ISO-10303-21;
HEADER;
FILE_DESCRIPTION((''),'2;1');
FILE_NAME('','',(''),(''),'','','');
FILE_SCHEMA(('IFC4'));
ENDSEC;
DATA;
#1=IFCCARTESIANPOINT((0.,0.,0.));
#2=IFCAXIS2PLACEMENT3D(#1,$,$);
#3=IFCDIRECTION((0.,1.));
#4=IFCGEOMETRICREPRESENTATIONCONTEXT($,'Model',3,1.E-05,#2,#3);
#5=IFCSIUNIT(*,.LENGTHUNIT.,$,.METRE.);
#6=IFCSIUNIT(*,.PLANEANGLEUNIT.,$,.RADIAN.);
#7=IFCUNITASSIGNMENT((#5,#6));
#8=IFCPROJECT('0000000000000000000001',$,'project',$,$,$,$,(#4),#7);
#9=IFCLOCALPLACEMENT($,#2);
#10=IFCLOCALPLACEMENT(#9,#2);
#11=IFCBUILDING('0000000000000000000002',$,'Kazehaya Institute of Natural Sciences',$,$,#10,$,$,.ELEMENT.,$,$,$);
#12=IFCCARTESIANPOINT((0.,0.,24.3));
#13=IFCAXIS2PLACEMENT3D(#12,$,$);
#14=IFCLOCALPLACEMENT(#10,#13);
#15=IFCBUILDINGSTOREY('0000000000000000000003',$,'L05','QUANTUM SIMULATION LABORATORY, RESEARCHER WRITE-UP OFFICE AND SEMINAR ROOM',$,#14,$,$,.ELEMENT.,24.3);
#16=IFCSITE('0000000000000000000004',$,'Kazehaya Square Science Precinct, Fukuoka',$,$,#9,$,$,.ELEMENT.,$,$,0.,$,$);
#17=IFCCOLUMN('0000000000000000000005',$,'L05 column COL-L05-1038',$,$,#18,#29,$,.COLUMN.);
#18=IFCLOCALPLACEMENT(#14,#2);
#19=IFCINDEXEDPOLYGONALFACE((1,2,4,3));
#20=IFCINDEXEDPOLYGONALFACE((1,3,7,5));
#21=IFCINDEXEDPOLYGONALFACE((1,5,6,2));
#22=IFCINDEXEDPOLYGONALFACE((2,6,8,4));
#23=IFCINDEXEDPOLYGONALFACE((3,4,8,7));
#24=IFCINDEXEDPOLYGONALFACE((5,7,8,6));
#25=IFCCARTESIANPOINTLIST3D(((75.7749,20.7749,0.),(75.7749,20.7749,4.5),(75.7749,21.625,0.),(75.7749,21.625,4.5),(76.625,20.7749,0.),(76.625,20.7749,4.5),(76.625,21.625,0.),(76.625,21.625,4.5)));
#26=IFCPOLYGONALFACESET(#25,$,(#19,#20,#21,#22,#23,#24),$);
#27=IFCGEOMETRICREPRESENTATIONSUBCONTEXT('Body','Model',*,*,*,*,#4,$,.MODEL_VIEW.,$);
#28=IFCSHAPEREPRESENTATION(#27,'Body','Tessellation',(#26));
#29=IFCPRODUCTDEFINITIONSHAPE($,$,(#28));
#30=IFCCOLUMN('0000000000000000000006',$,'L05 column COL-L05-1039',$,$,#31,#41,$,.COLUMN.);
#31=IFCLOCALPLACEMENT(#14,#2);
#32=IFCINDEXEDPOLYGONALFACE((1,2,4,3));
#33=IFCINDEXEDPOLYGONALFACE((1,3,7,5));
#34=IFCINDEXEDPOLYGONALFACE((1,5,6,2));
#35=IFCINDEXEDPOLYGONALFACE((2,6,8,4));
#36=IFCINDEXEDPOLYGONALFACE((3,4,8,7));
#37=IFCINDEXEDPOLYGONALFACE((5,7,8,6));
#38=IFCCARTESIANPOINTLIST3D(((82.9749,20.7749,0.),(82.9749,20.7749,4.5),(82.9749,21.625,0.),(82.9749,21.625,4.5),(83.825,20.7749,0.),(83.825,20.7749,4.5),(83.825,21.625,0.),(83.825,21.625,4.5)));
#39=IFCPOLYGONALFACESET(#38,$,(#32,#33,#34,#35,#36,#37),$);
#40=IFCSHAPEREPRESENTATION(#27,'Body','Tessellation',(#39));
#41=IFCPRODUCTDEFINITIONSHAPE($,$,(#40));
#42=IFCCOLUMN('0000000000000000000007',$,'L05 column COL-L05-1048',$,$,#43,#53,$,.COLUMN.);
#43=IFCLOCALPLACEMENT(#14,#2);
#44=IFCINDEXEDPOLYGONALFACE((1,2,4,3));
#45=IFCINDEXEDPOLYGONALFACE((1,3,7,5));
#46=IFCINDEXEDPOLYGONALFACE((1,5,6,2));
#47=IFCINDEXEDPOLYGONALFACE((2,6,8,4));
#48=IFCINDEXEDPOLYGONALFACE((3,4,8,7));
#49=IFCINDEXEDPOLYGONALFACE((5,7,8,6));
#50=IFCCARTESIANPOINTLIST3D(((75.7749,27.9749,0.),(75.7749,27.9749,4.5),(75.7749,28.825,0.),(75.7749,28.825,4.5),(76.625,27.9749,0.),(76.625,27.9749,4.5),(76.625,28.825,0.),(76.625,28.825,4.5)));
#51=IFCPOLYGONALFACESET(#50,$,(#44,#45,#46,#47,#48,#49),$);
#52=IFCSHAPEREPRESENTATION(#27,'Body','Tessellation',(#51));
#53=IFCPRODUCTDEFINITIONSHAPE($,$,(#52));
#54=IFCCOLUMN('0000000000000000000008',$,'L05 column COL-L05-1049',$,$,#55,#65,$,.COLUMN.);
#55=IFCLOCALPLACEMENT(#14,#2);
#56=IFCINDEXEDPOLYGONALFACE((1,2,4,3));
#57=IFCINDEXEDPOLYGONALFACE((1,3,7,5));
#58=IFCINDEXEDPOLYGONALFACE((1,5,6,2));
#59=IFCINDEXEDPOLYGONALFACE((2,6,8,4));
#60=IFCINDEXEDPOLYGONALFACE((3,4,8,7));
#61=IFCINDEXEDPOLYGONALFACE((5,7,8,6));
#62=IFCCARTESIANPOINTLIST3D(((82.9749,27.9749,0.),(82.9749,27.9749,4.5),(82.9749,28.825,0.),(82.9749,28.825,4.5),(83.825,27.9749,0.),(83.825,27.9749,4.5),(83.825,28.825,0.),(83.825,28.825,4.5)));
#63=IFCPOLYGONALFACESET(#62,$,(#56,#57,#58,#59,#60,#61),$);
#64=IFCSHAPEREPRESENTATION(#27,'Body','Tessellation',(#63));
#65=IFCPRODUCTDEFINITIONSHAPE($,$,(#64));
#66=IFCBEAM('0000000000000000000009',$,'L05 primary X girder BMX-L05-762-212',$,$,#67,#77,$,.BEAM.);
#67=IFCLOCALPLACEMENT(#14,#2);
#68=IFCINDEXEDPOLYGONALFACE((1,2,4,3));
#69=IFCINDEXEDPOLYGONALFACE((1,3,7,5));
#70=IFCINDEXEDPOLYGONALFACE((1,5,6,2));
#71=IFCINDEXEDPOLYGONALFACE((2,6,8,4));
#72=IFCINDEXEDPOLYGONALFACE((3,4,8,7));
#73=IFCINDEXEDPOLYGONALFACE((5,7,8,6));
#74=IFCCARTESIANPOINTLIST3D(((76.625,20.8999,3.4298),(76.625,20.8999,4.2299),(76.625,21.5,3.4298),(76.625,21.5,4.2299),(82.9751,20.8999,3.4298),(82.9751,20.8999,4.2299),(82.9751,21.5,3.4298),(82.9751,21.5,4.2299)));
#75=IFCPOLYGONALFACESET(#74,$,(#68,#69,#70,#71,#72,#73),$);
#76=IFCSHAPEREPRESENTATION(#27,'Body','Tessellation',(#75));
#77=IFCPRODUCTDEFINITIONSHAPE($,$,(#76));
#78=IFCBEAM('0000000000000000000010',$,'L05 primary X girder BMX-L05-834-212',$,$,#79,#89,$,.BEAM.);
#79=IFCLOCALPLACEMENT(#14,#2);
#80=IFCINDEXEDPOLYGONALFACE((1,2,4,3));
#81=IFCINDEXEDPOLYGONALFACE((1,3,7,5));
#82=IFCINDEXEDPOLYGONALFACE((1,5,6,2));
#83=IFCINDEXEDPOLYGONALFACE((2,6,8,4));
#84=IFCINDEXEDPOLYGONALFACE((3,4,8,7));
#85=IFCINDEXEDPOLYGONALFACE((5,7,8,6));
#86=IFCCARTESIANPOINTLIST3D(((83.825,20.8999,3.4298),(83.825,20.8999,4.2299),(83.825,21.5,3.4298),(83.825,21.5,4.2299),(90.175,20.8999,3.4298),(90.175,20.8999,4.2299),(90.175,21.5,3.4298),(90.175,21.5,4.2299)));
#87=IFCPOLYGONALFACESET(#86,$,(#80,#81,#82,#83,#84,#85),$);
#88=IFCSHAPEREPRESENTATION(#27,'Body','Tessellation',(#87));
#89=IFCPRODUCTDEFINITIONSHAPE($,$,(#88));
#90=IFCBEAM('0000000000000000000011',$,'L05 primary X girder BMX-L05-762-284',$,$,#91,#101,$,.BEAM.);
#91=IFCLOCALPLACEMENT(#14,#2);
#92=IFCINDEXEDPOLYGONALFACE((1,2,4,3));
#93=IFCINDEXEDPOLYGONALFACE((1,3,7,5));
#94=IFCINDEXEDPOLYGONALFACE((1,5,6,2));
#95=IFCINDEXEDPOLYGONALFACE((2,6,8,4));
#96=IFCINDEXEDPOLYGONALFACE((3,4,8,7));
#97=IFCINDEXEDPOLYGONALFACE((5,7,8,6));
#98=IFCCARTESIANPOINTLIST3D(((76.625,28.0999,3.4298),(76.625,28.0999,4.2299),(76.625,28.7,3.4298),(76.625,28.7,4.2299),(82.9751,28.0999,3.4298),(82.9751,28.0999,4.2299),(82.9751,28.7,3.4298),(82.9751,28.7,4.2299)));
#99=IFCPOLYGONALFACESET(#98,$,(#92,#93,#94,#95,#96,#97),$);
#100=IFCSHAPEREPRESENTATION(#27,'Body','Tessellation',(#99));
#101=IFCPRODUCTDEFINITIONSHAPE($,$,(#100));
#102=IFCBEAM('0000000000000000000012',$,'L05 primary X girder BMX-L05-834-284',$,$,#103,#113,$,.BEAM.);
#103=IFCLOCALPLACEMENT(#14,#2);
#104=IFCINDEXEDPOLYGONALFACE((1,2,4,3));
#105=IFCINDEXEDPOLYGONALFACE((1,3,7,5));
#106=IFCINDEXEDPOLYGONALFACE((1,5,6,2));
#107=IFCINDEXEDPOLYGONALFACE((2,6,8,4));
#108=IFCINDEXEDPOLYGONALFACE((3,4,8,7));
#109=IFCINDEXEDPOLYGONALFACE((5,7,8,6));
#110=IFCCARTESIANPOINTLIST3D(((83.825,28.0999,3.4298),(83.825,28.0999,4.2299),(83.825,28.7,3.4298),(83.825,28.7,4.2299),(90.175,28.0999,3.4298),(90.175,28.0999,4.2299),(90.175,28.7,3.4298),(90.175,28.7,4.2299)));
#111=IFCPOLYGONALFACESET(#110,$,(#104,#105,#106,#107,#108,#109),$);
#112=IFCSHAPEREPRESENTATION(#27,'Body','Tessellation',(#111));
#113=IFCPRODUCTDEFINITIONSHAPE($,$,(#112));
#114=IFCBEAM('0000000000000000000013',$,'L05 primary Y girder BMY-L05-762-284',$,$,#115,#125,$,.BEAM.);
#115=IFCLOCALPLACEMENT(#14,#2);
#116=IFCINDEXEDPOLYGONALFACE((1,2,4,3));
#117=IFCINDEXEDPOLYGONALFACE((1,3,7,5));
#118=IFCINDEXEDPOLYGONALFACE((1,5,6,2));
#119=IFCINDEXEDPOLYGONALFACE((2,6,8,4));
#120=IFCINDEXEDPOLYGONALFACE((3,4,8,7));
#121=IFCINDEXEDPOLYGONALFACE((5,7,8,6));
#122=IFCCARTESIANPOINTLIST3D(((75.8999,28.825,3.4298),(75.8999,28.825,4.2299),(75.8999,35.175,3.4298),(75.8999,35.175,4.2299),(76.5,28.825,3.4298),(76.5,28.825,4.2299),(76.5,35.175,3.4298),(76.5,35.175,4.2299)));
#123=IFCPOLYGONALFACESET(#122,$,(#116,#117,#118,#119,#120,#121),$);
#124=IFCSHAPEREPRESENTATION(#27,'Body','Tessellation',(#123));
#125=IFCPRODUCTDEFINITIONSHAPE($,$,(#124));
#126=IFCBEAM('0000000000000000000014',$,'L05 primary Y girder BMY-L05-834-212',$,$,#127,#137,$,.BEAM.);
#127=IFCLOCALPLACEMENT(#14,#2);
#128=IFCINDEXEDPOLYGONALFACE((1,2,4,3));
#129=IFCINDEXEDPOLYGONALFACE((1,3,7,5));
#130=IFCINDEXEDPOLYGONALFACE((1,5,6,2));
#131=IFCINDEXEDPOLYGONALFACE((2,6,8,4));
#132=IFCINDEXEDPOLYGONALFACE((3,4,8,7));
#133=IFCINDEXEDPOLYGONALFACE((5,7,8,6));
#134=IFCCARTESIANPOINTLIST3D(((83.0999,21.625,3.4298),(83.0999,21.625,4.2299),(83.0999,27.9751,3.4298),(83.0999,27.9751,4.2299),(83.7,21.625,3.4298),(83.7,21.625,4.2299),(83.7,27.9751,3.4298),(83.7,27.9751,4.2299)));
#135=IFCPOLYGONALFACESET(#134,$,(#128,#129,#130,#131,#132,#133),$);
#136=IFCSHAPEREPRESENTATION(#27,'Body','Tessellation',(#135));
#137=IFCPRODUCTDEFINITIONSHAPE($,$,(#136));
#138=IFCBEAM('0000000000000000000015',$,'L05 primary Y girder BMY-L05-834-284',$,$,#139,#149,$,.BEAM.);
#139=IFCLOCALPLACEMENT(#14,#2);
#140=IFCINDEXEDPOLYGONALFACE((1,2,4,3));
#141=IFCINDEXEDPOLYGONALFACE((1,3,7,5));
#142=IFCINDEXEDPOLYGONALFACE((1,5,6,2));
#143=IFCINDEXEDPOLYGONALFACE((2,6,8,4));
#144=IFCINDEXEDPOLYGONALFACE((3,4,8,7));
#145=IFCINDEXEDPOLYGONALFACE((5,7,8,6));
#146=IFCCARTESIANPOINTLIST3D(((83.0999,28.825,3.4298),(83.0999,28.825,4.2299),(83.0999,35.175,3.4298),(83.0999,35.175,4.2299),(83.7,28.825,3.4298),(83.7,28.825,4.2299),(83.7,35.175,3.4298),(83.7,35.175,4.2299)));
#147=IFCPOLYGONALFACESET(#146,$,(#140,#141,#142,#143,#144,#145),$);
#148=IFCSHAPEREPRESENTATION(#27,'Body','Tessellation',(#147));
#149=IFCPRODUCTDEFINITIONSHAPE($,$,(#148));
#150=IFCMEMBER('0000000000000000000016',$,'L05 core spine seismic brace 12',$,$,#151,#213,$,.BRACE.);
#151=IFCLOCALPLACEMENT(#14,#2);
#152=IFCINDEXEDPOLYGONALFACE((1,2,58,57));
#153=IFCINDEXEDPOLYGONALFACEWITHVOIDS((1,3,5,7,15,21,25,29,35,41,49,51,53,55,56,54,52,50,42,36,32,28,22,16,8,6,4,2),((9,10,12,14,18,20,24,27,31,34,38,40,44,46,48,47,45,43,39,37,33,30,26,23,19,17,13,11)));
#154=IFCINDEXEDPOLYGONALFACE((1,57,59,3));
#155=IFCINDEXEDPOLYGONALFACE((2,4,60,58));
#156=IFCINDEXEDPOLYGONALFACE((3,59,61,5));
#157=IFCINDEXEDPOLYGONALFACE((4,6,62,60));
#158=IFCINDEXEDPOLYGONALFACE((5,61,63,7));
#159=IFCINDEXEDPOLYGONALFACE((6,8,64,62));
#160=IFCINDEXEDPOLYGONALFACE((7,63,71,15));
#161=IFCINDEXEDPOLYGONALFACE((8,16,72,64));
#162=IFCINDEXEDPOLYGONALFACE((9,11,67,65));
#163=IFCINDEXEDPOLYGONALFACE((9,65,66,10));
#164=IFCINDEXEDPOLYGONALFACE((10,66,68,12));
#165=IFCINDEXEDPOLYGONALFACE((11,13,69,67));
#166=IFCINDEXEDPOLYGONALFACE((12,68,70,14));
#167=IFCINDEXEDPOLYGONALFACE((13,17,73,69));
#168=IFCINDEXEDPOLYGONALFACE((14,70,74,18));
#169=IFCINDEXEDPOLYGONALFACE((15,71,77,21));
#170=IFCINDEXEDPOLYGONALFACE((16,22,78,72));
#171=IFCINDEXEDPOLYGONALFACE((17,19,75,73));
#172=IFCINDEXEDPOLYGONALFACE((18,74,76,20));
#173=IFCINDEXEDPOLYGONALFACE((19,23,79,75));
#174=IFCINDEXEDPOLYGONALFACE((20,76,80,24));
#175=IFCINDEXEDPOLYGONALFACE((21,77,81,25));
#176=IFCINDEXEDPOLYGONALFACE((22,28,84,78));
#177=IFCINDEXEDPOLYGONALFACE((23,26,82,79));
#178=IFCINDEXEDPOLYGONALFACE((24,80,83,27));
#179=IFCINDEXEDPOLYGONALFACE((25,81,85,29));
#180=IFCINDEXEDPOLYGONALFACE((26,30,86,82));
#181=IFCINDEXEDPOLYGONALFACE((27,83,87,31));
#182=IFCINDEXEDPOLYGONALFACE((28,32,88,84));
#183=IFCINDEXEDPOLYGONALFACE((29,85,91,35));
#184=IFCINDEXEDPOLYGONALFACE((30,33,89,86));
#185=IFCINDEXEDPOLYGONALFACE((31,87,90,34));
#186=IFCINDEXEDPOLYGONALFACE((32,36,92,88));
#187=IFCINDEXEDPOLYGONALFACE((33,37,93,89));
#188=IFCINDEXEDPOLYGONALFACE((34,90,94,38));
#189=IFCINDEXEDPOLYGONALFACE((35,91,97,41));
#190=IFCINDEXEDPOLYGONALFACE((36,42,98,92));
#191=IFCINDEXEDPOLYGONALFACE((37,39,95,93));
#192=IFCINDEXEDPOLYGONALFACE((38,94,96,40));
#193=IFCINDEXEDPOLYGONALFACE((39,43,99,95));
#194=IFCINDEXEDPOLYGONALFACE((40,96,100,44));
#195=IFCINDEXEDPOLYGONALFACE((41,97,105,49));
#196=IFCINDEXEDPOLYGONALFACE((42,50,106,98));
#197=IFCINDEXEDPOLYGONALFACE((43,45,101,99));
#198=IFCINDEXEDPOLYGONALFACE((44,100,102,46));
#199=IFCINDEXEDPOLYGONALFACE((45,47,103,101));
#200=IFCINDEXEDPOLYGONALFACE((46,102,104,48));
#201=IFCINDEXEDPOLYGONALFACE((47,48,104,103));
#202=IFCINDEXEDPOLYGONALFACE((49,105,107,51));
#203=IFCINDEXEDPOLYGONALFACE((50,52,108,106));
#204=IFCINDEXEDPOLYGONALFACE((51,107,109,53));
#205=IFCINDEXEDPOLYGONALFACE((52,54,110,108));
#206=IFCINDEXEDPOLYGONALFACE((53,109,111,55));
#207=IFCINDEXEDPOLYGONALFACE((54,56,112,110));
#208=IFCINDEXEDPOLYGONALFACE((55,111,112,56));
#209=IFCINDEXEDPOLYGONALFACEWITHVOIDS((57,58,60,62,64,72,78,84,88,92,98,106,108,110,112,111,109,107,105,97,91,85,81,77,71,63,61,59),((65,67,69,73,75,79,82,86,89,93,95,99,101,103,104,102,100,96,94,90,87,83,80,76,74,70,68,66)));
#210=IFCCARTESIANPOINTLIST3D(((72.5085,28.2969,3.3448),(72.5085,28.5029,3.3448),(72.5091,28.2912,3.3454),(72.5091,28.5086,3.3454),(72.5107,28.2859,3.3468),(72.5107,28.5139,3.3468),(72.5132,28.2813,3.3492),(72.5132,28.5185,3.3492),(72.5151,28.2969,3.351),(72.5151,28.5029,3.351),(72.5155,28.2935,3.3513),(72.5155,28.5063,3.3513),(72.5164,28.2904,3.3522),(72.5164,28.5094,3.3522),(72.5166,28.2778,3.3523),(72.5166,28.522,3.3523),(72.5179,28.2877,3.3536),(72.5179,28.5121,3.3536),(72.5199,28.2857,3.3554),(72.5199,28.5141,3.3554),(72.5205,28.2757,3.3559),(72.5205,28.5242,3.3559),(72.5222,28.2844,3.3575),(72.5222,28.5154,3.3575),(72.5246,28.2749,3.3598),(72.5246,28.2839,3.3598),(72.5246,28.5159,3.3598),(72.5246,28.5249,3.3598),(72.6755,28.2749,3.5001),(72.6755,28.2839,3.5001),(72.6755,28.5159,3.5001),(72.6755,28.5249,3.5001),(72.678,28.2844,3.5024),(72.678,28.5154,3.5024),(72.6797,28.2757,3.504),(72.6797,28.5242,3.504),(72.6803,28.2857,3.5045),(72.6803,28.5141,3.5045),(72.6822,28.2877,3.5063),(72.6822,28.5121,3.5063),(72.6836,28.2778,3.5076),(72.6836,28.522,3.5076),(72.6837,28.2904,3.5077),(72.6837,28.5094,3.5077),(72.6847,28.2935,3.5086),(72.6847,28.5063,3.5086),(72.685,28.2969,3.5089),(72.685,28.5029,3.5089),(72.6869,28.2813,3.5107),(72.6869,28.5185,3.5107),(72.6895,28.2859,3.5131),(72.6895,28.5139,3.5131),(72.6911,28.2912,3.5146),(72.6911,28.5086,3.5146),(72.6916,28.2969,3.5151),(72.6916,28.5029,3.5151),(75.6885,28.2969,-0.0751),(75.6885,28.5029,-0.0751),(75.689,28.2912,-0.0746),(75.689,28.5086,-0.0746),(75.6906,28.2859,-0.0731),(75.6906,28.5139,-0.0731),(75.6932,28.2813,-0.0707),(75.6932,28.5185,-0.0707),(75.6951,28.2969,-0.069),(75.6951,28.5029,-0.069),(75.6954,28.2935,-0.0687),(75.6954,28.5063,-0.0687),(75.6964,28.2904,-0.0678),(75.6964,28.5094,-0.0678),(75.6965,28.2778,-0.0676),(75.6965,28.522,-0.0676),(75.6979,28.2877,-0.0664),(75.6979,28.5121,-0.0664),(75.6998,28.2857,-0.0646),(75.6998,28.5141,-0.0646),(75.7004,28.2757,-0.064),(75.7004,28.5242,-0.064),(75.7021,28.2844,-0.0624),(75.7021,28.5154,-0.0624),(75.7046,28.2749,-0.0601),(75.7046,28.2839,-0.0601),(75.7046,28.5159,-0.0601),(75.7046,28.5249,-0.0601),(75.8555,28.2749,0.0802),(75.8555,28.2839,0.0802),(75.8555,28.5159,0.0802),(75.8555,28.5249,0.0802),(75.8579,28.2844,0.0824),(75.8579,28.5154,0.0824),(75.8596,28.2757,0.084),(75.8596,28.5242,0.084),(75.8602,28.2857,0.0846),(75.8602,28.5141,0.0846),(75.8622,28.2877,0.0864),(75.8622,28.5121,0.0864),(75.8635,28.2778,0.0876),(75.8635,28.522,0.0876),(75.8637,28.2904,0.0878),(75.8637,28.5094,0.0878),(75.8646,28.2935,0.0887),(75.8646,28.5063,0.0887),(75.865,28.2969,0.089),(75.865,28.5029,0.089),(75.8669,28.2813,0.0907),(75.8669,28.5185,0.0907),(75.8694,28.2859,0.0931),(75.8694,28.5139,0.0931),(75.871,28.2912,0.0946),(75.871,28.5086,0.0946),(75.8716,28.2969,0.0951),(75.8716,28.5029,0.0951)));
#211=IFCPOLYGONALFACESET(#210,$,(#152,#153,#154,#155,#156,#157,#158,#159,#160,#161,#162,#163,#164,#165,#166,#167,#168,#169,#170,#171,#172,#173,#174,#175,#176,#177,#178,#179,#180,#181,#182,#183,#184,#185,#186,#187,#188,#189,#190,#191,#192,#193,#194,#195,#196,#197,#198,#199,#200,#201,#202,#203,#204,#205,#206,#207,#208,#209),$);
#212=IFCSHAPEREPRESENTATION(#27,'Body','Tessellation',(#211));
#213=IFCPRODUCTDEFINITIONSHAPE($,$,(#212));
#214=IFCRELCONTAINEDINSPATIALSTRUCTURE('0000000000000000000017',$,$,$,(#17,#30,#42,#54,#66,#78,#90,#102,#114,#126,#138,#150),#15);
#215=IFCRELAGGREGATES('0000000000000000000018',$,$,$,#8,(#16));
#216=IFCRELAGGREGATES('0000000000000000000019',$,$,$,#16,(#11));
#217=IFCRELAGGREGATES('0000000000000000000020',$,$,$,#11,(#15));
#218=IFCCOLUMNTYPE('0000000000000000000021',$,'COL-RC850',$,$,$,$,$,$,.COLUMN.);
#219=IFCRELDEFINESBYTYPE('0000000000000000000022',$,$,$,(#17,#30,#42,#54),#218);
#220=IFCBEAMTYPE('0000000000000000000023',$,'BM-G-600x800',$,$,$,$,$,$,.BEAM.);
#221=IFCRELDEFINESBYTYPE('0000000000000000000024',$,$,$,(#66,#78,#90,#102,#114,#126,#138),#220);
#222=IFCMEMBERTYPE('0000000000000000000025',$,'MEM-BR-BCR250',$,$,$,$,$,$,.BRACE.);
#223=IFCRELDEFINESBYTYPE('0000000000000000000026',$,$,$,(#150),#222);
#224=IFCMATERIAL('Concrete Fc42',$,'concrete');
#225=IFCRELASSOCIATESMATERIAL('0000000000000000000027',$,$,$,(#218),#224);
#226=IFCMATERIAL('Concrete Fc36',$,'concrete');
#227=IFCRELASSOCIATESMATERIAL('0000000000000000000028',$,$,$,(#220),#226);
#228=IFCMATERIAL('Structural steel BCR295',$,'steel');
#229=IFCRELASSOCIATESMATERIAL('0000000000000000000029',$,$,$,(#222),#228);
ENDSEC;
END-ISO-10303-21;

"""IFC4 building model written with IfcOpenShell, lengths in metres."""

from ifc_helpers import new_model, si_unit, direction, frame, origin, origin_2d, place, context, subcontext, project, spatial, rectangle, hollow_rectangle, extrude, material, material_profile, profile_set, type_object, element, save


model = new_model("IFC4")

# Units and contexts
model_context = context("Model", 3, precision=1e-05, world=origin(), true_north=direction((0.0, 1.0)))
body_context = subcontext(model_context, "Body", "Model", "MODEL_VIEW")
ifc_project = project(units=[si_unit("LENGTHUNIT", "METRE"), si_unit("PLANEANGLEUNIT", "RADIAN")], contexts=[model_context])

# Site, building, storey
site_placement = place(None, origin())
site = spatial("IfcSite", under=ifc_project, at=site_placement, Name="Kazehaya Square Science Precinct, Fukuoka", CompositionType="ELEMENT", RefElevation=0.0)
building_placement = place(site_placement, origin())
building = spatial("IfcBuilding", under=site, at=building_placement, Name="Kazehaya Institute of Natural Sciences", CompositionType="ELEMENT")
storey_placement = place(building_placement, frame((0.0, 0.0, 24.3)))
storey = spatial("IfcBuildingStorey", under=building, at=storey_placement, Name="L05", Description="QUANTUM SIMULATION LABORATORY, RESEARCHER WRITE-UP OFFICE AND SEMINAR ROOM", CompositionType="ELEMENT", Elevation=24.3)

# Columns
ifc_material_1 = material(Name="Concrete Fc42", Category="concrete")
ifc_material_profile_1 = material_profile(ifc_material_1, rectangle(XDim=0.8501, YDim=0.8501, at=origin_2d()), Name="RC-850x850")
ifc_profile_set_1 = profile_set([ifc_material_profile_1], Name="Concrete Fc42")
column_type = type_object("IfcColumnType", Name="COL-RC850", PredefinedType="COLUMN", material=ifc_profile_set_1)
for number, where, z_axis, x_axis, name in (
    (1, (76.2, 21.2, 0.0), (0.0, 0.0, 1.0), (1.0, 0.0, 0.0), "L05 column COL-L05-1038"),
    (2, (83.3999, 21.2, 0.0), (0.0, 0.0, 1.0), (1.0, 0.0, 0.0), "L05 column COL-L05-1039"),
    (3, (76.2, 28.3999, 0.0), (0.0, 0.0, 1.0), (1.0, 0.0, 0.0), "L05 column COL-L05-1048"),
    (4, (83.3999, 28.3999, 0.0), (0.0, 0.0, 1.0), (1.0, 0.0, 0.0), "L05 column COL-L05-1049"),
):
    element("IfcColumn", number, at=place(storey_placement, frame(where, z_axis=z_axis, x_axis=x_axis)), inside=storey, type_object=column_type, Name=name, PredefinedType="COLUMN", context=body_context, shape_type="SweptSolid", body=[
        extrude(rectangle(XDim=0.8501, YDim=0.8501, at=origin_2d()), origin(), (0.0, 0.0, 1.0), 4.5),
    ])

# Beams
ifc_material_2 = material(Name="Concrete Fc36", Category="concrete")
ifc_material_profile_2 = material_profile(ifc_material_2, rectangle(XDim=0.6001, YDim=0.8, at=origin_2d()), Name="RC-600x800")
ifc_profile_set_2 = profile_set([ifc_material_profile_2], Name="Concrete Fc36")
beam_type = type_object("IfcBeamType", Name="BM-G-600x800", PredefinedType="BEAM", material=ifc_profile_set_2)
for number, where, z_axis, x_axis, name in (
    (5, (76.625, 21.2, 3.8298), (1.0, 0.0, 0.0), (0.0, 1.0, 0.0), "L05 primary X girder BMX-L05-762-212"),
    (6, (83.825, 21.2, 3.8298), (1.0, 0.0, 0.0), (0.0, 1.0, 0.0), "L05 primary X girder BMX-L05-834-212"),
    (7, (76.625, 28.3999, 3.8298), (1.0, 0.0, 0.0), (0.0, 1.0, 0.0), "L05 primary X girder BMX-L05-762-284"),
    (8, (83.825, 28.3999, 3.8298), (1.0, 0.0, 0.0), (0.0, 1.0, 0.0), "L05 primary X girder BMX-L05-834-284"),
    (9, (76.2, 28.825, 3.8298), (0.0, 1.0, 0.0), (-1.0, 0.0, 0.0), "L05 primary Y girder BMY-L05-762-284"),
    (10, (83.3999, 21.625, 3.8298), (0.0, 1.0, 0.0), (-1.0, 0.0, 0.0), "L05 primary Y girder BMY-L05-834-212"),
    (11, (83.3999, 28.825, 3.8298), (0.0, 1.0, 0.0), (-1.0, 0.0, 0.0), "L05 primary Y girder BMY-L05-834-284"),
):
    element("IfcBeam", number, at=place(storey_placement, frame(where, z_axis=z_axis, x_axis=x_axis)), inside=storey, type_object=beam_type, Name=name, PredefinedType="BEAM", context=body_context, shape_type="SweptSolid", body=[
        extrude(rectangle(XDim=0.6001, YDim=0.8, at=origin_2d()), origin(), (0.0, 0.0, 1.0), 6.3501),
    ])

# Member
ifc_material_3 = material(Name="Structural steel BCR295", Category="steel")
ifc_material_profile_3 = material_profile(ifc_material_3, hollow_rectangle(XDim=0.25, YDim=0.25, WallThickness=0.009, InnerFilletRadius=0.0129, OuterFilletRadius=0.022, at=origin_2d()), Name="BCR-250x250x9")
ifc_profile_set_3 = profile_set([ifc_material_profile_3], Name="Structural steel BCR295")
member_type = type_object("IfcMemberType", Name="MEM-BR-BCR250", PredefinedType="BRACE", material=ifc_profile_set_3)
member_placement = place(storey_placement, frame((75.78, 28.3999, 0.01), z_axis=(-0.680944, 0.0, 0.732335), x_axis=(0.0, -1.0, 0.0)))
element("IfcMember", 12, at=member_placement, inside=storey, type_object=member_type, Name="L05 core spine seismic brace 12", PredefinedType="BRACE", context=body_context, shape_type="SweptSolid", body=[
    extrude(hollow_rectangle(XDim=0.25, YDim=0.25, WallThickness=0.009, InnerFilletRadius=0.0129, OuterFilletRadius=0.022, at=origin_2d()), origin(), (0.0, 0.0, 1.0), 4.6699),
])

save(model, "model.ifc")
